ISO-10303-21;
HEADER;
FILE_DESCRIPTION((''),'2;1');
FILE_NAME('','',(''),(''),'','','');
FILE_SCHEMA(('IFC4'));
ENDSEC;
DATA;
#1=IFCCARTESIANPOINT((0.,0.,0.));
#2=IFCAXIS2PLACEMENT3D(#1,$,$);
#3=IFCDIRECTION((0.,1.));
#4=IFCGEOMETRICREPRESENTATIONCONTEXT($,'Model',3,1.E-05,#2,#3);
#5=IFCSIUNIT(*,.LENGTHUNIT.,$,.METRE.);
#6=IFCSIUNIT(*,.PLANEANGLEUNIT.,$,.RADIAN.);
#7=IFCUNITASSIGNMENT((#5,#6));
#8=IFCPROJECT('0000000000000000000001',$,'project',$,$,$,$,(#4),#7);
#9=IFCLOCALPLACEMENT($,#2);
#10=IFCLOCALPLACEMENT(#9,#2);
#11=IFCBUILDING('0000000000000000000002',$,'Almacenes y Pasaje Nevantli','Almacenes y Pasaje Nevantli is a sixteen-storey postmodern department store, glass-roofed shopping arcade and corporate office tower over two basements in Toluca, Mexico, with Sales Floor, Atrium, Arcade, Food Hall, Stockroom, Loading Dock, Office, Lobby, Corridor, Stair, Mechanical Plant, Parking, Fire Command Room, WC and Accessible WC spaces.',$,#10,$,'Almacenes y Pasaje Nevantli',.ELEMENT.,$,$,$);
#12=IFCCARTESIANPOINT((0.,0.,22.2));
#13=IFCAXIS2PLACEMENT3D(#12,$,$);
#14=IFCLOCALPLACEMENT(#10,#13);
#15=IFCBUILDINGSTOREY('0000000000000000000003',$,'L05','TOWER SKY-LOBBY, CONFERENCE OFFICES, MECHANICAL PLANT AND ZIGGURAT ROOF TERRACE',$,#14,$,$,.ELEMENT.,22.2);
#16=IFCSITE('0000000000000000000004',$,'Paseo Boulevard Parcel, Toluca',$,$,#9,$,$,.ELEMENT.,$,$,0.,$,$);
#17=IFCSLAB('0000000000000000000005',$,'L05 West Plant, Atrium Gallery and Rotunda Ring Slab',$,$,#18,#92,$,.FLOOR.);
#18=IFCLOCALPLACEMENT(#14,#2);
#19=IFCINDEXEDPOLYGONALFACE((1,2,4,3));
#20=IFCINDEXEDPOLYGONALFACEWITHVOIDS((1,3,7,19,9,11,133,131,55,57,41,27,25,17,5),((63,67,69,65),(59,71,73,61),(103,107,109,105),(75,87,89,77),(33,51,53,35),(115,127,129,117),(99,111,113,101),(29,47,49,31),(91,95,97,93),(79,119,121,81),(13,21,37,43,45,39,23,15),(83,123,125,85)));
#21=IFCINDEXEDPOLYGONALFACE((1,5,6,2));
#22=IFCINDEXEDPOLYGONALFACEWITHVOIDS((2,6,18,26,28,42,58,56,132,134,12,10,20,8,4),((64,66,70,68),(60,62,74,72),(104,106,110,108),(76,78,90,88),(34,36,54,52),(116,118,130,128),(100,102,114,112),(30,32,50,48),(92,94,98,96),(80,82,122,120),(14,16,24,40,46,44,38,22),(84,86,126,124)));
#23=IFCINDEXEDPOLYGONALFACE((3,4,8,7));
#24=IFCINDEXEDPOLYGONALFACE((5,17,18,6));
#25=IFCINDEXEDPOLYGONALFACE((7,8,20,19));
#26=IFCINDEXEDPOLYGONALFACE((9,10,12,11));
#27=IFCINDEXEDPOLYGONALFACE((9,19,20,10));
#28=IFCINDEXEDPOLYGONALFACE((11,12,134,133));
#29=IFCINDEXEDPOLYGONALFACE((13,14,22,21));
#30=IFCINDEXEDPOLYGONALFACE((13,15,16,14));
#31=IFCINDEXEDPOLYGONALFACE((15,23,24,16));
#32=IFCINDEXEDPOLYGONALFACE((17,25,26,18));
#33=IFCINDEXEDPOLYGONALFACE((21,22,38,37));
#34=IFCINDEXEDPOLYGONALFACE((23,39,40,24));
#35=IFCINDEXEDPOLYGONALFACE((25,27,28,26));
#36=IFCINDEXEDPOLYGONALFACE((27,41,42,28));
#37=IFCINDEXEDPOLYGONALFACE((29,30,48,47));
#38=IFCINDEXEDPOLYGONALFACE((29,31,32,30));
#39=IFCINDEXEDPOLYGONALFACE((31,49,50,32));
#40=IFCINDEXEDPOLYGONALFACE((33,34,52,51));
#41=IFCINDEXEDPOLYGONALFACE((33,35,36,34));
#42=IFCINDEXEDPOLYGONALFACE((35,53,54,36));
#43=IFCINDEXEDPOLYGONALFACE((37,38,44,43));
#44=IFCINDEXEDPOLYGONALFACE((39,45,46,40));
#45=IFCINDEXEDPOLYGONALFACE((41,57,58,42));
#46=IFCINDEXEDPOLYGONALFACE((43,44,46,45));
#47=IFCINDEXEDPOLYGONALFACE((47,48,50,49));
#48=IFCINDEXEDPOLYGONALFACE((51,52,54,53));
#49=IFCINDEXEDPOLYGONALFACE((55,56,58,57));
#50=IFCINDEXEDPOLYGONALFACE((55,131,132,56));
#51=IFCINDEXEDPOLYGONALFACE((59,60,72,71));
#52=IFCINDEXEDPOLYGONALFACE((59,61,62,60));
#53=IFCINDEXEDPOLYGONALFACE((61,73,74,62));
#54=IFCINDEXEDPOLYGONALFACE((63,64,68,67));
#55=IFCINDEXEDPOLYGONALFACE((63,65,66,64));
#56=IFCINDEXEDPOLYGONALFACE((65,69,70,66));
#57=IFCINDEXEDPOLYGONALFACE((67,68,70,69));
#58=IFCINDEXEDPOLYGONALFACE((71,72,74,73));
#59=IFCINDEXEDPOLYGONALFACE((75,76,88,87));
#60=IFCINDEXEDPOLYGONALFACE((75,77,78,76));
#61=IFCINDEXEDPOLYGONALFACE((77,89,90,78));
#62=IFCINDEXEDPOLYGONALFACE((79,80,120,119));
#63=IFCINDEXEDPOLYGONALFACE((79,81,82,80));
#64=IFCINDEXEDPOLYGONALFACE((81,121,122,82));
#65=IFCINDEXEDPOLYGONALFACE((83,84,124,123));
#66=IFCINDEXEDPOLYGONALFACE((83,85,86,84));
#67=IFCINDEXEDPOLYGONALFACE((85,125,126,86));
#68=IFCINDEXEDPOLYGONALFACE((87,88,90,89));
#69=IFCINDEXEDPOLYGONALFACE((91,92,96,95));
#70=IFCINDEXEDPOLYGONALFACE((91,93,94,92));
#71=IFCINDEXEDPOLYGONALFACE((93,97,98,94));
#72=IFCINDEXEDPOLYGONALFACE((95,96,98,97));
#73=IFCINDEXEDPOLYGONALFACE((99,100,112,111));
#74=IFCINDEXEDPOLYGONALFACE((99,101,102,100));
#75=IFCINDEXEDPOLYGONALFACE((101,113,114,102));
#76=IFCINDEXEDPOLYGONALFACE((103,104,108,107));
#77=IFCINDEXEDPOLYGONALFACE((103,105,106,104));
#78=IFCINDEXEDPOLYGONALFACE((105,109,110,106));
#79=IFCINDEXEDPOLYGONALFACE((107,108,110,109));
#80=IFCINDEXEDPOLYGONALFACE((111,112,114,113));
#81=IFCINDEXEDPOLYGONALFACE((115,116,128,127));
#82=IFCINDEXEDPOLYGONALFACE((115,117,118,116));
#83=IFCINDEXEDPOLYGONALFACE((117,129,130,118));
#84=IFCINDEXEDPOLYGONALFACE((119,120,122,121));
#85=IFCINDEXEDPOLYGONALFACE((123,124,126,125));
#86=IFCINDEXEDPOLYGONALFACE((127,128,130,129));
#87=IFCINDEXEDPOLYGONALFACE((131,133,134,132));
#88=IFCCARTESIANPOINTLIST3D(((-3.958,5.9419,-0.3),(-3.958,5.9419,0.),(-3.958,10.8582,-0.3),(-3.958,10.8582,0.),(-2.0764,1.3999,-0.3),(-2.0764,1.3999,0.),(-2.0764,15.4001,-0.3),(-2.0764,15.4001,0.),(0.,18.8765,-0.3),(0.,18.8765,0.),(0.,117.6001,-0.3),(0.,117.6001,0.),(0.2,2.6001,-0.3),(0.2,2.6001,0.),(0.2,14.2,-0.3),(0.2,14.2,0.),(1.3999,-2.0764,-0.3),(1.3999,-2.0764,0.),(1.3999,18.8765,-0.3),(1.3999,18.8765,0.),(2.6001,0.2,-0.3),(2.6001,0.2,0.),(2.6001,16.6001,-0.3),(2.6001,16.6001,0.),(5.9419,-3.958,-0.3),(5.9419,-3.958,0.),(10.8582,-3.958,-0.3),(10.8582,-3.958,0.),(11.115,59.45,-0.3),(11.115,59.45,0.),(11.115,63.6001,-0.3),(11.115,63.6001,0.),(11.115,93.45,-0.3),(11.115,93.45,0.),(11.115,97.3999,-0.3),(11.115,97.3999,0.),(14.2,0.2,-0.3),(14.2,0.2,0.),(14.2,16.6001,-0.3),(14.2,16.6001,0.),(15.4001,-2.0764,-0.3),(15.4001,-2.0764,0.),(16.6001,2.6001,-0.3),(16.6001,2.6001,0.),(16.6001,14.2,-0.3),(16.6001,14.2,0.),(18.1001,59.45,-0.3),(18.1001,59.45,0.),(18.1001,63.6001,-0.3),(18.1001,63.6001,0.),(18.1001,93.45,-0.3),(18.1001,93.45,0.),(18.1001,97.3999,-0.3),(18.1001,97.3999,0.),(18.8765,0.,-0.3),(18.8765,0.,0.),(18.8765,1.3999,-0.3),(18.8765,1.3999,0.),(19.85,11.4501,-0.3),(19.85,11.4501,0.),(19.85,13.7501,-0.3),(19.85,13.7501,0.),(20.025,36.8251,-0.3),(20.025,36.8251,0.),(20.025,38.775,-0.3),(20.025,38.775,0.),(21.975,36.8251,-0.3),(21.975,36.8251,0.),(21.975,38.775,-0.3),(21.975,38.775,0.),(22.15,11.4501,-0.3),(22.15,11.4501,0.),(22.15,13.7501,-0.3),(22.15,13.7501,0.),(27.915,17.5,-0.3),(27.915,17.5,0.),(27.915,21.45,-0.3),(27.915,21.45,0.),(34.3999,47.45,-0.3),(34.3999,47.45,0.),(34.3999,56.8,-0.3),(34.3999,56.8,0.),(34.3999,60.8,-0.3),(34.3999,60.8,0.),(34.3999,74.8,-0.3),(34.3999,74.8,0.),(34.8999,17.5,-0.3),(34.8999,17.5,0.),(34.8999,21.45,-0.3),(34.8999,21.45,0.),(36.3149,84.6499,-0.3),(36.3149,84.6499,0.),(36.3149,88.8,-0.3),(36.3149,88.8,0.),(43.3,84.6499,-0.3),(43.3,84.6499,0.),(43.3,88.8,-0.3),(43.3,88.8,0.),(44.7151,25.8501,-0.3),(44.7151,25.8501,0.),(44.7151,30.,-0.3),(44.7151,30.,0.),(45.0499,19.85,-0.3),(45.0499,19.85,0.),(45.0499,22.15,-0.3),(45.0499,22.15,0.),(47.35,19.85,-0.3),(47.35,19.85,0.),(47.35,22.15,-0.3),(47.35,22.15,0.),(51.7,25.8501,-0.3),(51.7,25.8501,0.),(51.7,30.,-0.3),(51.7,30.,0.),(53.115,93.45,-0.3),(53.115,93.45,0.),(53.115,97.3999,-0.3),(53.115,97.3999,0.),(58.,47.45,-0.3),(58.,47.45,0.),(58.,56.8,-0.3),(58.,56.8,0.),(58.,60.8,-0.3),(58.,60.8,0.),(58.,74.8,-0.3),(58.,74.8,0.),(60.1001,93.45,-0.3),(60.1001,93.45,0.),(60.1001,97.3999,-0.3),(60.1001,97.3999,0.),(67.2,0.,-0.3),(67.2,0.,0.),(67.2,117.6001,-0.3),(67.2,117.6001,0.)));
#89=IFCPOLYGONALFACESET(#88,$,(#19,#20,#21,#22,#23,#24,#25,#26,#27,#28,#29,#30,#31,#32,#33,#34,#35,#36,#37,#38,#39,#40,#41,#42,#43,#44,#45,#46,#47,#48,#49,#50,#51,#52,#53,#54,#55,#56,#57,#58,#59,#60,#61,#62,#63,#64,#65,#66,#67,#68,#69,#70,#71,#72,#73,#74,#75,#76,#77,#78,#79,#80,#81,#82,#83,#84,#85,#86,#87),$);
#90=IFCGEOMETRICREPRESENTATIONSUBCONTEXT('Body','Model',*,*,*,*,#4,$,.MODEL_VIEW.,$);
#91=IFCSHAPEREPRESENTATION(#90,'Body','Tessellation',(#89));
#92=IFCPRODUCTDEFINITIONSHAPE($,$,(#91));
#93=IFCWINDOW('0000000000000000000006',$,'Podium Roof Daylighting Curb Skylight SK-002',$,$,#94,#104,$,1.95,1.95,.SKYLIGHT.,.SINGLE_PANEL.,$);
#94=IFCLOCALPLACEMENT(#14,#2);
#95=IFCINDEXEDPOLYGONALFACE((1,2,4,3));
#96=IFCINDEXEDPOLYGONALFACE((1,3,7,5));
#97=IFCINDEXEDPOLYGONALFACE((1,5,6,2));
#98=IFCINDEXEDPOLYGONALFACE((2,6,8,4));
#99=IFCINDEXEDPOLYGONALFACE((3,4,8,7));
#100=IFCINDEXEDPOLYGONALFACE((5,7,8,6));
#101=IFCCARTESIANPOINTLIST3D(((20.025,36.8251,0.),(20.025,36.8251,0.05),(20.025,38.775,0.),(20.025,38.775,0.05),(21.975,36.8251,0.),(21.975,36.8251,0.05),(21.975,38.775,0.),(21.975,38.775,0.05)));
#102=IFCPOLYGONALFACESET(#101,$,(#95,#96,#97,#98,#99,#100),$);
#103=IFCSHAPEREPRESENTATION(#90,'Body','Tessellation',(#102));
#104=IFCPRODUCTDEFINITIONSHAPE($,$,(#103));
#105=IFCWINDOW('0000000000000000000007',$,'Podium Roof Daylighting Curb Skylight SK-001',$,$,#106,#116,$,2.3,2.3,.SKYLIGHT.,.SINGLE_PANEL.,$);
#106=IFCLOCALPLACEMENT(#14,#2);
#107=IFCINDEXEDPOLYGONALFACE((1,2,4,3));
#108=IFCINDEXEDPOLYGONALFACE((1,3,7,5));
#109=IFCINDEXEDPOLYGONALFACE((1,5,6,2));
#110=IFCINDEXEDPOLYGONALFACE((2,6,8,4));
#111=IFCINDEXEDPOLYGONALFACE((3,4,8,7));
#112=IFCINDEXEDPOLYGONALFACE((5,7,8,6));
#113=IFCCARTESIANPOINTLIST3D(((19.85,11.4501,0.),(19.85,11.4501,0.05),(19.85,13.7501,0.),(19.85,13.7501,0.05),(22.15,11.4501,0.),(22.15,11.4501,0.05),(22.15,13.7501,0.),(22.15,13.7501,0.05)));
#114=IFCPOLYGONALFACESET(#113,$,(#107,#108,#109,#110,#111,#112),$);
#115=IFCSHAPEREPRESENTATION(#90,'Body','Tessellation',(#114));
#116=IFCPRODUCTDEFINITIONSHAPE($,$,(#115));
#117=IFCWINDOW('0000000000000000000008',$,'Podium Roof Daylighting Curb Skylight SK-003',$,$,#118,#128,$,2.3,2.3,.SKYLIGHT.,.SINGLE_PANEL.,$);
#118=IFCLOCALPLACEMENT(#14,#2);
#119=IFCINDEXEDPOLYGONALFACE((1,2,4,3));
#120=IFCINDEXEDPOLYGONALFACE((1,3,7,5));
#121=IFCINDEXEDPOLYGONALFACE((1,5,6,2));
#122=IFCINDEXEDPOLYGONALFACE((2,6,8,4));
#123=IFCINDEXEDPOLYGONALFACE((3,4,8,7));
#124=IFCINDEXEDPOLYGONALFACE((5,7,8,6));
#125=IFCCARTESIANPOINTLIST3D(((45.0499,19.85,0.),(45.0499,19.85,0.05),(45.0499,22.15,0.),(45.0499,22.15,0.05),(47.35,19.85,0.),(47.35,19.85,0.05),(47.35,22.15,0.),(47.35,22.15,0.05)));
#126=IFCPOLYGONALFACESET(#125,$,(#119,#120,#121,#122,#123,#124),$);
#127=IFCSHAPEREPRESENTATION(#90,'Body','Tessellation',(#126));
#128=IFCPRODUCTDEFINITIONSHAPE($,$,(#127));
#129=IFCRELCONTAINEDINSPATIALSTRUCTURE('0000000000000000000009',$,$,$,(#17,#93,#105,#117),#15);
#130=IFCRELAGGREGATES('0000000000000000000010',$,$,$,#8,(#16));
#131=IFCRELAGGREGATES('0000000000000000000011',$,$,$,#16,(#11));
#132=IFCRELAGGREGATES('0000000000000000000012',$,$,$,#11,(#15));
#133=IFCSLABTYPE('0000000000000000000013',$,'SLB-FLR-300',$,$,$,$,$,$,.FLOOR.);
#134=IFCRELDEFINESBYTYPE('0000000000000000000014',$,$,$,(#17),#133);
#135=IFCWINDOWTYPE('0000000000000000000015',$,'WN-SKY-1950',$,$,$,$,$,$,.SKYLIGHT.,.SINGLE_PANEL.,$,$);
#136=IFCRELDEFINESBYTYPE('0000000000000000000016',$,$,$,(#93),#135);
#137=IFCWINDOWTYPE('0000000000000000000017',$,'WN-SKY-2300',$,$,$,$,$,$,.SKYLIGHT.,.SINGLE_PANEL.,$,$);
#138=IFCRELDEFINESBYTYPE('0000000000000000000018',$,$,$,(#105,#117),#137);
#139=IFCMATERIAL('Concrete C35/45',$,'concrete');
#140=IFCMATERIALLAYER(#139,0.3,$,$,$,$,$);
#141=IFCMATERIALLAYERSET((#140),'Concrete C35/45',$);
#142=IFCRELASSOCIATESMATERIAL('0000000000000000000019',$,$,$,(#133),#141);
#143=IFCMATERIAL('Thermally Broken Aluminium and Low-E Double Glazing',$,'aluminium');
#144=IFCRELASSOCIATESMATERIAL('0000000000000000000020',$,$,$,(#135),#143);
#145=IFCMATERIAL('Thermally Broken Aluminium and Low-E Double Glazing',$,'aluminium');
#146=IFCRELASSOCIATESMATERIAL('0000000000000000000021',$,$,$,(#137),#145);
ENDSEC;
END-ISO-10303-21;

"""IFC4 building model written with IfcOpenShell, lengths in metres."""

from ifc_helpers import new_model, si_unit, direction, frame, origin, origin_2d, place, context, subcontext, project, spatial, polyline, rectangle, outline, extrude, material, layer, layer_set, type_object, element, fill, save


model = new_model("IFC4")

# Units and contexts
model_context = context("Model", 3, precision=1e-05, world=origin(), true_north=direction((0.0, 1.0)))
body_context = subcontext(model_context, "Body", "Model", "MODEL_VIEW")
ifc_project = project(units=[si_unit("LENGTHUNIT", "METRE"), si_unit("PLANEANGLEUNIT", "RADIAN")], contexts=[model_context])

# Site, building, storey
site_placement = place(None, origin())
site = spatial("IfcSite", under=ifc_project, at=site_placement, Name="Paseo Boulevard Parcel, Toluca", CompositionType="ELEMENT", RefElevation=0.0)
building_placement = place(site_placement, origin())
building = spatial("IfcBuilding", under=site, at=building_placement, Name="Almacenes y Pasaje Nevantli", Description="Almacenes y Pasaje Nevantli is a sixteen-storey postmodern department store, glass-roofed shopping arcade and corporate office tower over two basements in Toluca, Mexico, with Sales Floor, Atrium, Arcade, Food Hall, Stockroom, Loading Dock, Office, Lobby, Corridor, Stair, Mechanical Plant, Parking, Fire Command Room, WC and Accessible WC spaces.", LongName="Almacenes y Pasaje Nevantli", CompositionType="ELEMENT")
storey_placement = place(building_placement, frame((0.0, 0.0, 22.2)))
storey = spatial("IfcBuildingStorey", under=building, at=storey_placement, Name="L05", Description="TOWER SKY-LOBBY, CONFERENCE OFFICES, MECHANICAL PLANT AND ZIGGURAT ROOF TERRACE", CompositionType="ELEMENT", Elevation=22.2)

# Slab, openings, windows
ifc_material_1 = material(Name="Concrete C35/45", Category="concrete")
ifc_layer_1 = layer(ifc_material_1, 0.3)
ifc_layer_set_1 = layer_set([ifc_layer_1], Name="Concrete C35/45")
slab_type_1 = type_object("IfcSlabType", Name="SLB-FLR-300", PredefinedType="FLOOR", material=ifc_layer_set_1)
slab_1_placement = place(storey_placement, frame((0.0, 0.0, -0.3)))
slab_1 = element("IfcSlab", 1, at=slab_1_placement, inside=storey, type_object=slab_type_1, Name="L05 West Plant, Atrium Gallery and Rotunda Ring Slab", PredefinedType="FLOOR", context=body_context, shape_type="SweptSolid", body=[
    extrude(outline(polyline([(18.8765, 0.0), (67.2, 0.0), (67.2, 117.6001), (0.0, 117.6001), (0.0, 18.8765), (1.3999, 18.8765), (-2.0764, 15.4001), (-3.958, 10.8582), (-3.958, 5.9419), (-2.0764, 1.3999), (1.3999, -2.0764), (5.9419, -3.958), (10.8582, -3.958), (15.4001, -2.0764), (18.8765, 1.3999), (18.8765, 0.0)]), holes=[polyline([(2.6001, 0.2), (14.2, 0.2), (16.6001, 2.6001), (16.6001, 14.2), (14.2, 16.6001), (2.6001, 16.6001), (0.2, 14.2), (0.2, 2.6001), (2.6001, 0.2)]), polyline([(11.115, 93.45), (18.1001, 93.45), (18.1001, 97.3999), (11.115, 97.3999), (11.115, 93.45)]), polyline([(27.915, 17.5), (34.8999, 17.5), (34.8999, 21.45), (27.915, 21.45), (27.915, 17.5)]), polyline([(53.115, 93.45), (60.1001, 93.45), (60.1001, 97.3999), (53.115, 97.3999), (53.115, 93.45)]), polyline([(11.115, 59.45), (18.1001, 59.45), (18.1001, 63.6001), (11.115, 63.6001), (11.115, 59.45)]), polyline([(44.7151, 25.8501), (51.7, 25.8501), (51.7, 30.0), (44.7151, 30.0), (44.7151, 25.8501)]), polyline([(36.3149, 84.6499), (43.3, 84.6499), (43.3, 88.8), (36.3149, 88.8), (36.3149, 84.6499)]), polyline([(34.3999, 47.45), (58.0, 47.45), (58.0, 56.8), (34.3999, 56.8), (34.3999, 47.45)]), polyline([(34.3999, 60.8), (58.0, 60.8), (58.0, 74.8), (34.3999, 74.8), (34.3999, 60.8)])]), origin(), (0.0, 0.0, 1.0), 0.3),
])
opening_1_placement = place(slab_1_placement, frame((21.0, 12.6001, -0.01)))
opening_1 = element("IfcOpeningElement", 2, at=opening_1_placement, cuts=slab_1, PredefinedType="OPENING", context=body_context, shape_type="SweptSolid", body=[
    extrude(rectangle(XDim=2.3, YDim=2.3, at=origin_2d()), origin(), (0.0, 0.0, 1.0), 0.3701),
])
opening_2_placement = place(slab_1_placement, frame((21.0, 37.8, -0.01)))
opening_2 = element("IfcOpeningElement", 3, at=opening_2_placement, cuts=slab_1, PredefinedType="OPENING", context=body_context, shape_type="SweptSolid", body=[
    extrude(rectangle(XDim=1.95, YDim=1.95, at=origin_2d()), origin(), (0.0, 0.0, 1.0), 0.3701),
])
opening_3_placement = place(slab_1_placement, frame((46.2, 21.0, -0.01)))
opening_3 = element("IfcOpeningElement", 4, at=opening_3_placement, cuts=slab_1, PredefinedType="OPENING", context=body_context, shape_type="SweptSolid", body=[
    extrude(rectangle(XDim=2.3, YDim=2.3, at=origin_2d()), origin(), (0.0, 0.0, 1.0), 0.3701),
])
ifc_material_2 = material(Name="Thermally Broken Aluminium and Low-E Double Glazing", Category="aluminium")
window_type_1 = type_object("IfcWindowType", Name="WN-SKY-1950", PartitioningType="SINGLE_PANEL", PredefinedType="SKYLIGHT", material=ifc_material_2)
window_1_placement = place(slab_1_placement, frame((21.0, 37.8, 0.3)))
window_1 = element("IfcWindow", 5, at=window_1_placement, inside=storey, type_object=window_type_1, Name="Podium Roof Daylighting Curb Skylight SK-002", OverallHeight=1.95, OverallWidth=1.95, PartitioningType="SINGLE_PANEL", PredefinedType="SKYLIGHT", context=body_context, shape_type="SweptSolid", body=[
    extrude(rectangle(XDim=1.95, YDim=1.95, at=origin_2d()), origin(), (0.0, 0.0, 1.0), 0.05),
])
fill(opening_2, window_1)
ifc_material_3 = material(Name="Thermally Broken Aluminium and Low-E Double Glazing", Category="aluminium")
window_type_2 = type_object("IfcWindowType", Name="WN-SKY-2300", PartitioningType="SINGLE_PANEL", PredefinedType="SKYLIGHT", material=ifc_material_3)
window_2_placement = place(slab_1_placement, frame((21.0, 12.6001, 0.3)))
window_2 = element("IfcWindow", 6, at=window_2_placement, inside=storey, type_object=window_type_2, Name="Podium Roof Daylighting Curb Skylight SK-001", OverallHeight=2.3, OverallWidth=2.3, PartitioningType="SINGLE_PANEL", PredefinedType="SKYLIGHT", context=body_context, shape_type="SweptSolid", body=[
    extrude(rectangle(XDim=2.3, YDim=2.3, at=origin_2d()), origin(), (0.0, 0.0, 1.0), 0.05),
])
fill(opening_1, window_2)
window_3_placement = place(slab_1_placement, frame((46.2, 21.0, 0.3)))
window_3 = element("IfcWindow", 7, at=window_3_placement, inside=storey, type_object=window_type_2, Name="Podium Roof Daylighting Curb Skylight SK-003", OverallHeight=2.3, OverallWidth=2.3, PartitioningType="SINGLE_PANEL", PredefinedType="SKYLIGHT", context=body_context, shape_type="SweptSolid", body=[
    extrude(rectangle(XDim=2.3, YDim=2.3, at=origin_2d()), origin(), (0.0, 0.0, 1.0), 0.05),
])
fill(opening_3, window_3)

save(model, "model.ifc")
